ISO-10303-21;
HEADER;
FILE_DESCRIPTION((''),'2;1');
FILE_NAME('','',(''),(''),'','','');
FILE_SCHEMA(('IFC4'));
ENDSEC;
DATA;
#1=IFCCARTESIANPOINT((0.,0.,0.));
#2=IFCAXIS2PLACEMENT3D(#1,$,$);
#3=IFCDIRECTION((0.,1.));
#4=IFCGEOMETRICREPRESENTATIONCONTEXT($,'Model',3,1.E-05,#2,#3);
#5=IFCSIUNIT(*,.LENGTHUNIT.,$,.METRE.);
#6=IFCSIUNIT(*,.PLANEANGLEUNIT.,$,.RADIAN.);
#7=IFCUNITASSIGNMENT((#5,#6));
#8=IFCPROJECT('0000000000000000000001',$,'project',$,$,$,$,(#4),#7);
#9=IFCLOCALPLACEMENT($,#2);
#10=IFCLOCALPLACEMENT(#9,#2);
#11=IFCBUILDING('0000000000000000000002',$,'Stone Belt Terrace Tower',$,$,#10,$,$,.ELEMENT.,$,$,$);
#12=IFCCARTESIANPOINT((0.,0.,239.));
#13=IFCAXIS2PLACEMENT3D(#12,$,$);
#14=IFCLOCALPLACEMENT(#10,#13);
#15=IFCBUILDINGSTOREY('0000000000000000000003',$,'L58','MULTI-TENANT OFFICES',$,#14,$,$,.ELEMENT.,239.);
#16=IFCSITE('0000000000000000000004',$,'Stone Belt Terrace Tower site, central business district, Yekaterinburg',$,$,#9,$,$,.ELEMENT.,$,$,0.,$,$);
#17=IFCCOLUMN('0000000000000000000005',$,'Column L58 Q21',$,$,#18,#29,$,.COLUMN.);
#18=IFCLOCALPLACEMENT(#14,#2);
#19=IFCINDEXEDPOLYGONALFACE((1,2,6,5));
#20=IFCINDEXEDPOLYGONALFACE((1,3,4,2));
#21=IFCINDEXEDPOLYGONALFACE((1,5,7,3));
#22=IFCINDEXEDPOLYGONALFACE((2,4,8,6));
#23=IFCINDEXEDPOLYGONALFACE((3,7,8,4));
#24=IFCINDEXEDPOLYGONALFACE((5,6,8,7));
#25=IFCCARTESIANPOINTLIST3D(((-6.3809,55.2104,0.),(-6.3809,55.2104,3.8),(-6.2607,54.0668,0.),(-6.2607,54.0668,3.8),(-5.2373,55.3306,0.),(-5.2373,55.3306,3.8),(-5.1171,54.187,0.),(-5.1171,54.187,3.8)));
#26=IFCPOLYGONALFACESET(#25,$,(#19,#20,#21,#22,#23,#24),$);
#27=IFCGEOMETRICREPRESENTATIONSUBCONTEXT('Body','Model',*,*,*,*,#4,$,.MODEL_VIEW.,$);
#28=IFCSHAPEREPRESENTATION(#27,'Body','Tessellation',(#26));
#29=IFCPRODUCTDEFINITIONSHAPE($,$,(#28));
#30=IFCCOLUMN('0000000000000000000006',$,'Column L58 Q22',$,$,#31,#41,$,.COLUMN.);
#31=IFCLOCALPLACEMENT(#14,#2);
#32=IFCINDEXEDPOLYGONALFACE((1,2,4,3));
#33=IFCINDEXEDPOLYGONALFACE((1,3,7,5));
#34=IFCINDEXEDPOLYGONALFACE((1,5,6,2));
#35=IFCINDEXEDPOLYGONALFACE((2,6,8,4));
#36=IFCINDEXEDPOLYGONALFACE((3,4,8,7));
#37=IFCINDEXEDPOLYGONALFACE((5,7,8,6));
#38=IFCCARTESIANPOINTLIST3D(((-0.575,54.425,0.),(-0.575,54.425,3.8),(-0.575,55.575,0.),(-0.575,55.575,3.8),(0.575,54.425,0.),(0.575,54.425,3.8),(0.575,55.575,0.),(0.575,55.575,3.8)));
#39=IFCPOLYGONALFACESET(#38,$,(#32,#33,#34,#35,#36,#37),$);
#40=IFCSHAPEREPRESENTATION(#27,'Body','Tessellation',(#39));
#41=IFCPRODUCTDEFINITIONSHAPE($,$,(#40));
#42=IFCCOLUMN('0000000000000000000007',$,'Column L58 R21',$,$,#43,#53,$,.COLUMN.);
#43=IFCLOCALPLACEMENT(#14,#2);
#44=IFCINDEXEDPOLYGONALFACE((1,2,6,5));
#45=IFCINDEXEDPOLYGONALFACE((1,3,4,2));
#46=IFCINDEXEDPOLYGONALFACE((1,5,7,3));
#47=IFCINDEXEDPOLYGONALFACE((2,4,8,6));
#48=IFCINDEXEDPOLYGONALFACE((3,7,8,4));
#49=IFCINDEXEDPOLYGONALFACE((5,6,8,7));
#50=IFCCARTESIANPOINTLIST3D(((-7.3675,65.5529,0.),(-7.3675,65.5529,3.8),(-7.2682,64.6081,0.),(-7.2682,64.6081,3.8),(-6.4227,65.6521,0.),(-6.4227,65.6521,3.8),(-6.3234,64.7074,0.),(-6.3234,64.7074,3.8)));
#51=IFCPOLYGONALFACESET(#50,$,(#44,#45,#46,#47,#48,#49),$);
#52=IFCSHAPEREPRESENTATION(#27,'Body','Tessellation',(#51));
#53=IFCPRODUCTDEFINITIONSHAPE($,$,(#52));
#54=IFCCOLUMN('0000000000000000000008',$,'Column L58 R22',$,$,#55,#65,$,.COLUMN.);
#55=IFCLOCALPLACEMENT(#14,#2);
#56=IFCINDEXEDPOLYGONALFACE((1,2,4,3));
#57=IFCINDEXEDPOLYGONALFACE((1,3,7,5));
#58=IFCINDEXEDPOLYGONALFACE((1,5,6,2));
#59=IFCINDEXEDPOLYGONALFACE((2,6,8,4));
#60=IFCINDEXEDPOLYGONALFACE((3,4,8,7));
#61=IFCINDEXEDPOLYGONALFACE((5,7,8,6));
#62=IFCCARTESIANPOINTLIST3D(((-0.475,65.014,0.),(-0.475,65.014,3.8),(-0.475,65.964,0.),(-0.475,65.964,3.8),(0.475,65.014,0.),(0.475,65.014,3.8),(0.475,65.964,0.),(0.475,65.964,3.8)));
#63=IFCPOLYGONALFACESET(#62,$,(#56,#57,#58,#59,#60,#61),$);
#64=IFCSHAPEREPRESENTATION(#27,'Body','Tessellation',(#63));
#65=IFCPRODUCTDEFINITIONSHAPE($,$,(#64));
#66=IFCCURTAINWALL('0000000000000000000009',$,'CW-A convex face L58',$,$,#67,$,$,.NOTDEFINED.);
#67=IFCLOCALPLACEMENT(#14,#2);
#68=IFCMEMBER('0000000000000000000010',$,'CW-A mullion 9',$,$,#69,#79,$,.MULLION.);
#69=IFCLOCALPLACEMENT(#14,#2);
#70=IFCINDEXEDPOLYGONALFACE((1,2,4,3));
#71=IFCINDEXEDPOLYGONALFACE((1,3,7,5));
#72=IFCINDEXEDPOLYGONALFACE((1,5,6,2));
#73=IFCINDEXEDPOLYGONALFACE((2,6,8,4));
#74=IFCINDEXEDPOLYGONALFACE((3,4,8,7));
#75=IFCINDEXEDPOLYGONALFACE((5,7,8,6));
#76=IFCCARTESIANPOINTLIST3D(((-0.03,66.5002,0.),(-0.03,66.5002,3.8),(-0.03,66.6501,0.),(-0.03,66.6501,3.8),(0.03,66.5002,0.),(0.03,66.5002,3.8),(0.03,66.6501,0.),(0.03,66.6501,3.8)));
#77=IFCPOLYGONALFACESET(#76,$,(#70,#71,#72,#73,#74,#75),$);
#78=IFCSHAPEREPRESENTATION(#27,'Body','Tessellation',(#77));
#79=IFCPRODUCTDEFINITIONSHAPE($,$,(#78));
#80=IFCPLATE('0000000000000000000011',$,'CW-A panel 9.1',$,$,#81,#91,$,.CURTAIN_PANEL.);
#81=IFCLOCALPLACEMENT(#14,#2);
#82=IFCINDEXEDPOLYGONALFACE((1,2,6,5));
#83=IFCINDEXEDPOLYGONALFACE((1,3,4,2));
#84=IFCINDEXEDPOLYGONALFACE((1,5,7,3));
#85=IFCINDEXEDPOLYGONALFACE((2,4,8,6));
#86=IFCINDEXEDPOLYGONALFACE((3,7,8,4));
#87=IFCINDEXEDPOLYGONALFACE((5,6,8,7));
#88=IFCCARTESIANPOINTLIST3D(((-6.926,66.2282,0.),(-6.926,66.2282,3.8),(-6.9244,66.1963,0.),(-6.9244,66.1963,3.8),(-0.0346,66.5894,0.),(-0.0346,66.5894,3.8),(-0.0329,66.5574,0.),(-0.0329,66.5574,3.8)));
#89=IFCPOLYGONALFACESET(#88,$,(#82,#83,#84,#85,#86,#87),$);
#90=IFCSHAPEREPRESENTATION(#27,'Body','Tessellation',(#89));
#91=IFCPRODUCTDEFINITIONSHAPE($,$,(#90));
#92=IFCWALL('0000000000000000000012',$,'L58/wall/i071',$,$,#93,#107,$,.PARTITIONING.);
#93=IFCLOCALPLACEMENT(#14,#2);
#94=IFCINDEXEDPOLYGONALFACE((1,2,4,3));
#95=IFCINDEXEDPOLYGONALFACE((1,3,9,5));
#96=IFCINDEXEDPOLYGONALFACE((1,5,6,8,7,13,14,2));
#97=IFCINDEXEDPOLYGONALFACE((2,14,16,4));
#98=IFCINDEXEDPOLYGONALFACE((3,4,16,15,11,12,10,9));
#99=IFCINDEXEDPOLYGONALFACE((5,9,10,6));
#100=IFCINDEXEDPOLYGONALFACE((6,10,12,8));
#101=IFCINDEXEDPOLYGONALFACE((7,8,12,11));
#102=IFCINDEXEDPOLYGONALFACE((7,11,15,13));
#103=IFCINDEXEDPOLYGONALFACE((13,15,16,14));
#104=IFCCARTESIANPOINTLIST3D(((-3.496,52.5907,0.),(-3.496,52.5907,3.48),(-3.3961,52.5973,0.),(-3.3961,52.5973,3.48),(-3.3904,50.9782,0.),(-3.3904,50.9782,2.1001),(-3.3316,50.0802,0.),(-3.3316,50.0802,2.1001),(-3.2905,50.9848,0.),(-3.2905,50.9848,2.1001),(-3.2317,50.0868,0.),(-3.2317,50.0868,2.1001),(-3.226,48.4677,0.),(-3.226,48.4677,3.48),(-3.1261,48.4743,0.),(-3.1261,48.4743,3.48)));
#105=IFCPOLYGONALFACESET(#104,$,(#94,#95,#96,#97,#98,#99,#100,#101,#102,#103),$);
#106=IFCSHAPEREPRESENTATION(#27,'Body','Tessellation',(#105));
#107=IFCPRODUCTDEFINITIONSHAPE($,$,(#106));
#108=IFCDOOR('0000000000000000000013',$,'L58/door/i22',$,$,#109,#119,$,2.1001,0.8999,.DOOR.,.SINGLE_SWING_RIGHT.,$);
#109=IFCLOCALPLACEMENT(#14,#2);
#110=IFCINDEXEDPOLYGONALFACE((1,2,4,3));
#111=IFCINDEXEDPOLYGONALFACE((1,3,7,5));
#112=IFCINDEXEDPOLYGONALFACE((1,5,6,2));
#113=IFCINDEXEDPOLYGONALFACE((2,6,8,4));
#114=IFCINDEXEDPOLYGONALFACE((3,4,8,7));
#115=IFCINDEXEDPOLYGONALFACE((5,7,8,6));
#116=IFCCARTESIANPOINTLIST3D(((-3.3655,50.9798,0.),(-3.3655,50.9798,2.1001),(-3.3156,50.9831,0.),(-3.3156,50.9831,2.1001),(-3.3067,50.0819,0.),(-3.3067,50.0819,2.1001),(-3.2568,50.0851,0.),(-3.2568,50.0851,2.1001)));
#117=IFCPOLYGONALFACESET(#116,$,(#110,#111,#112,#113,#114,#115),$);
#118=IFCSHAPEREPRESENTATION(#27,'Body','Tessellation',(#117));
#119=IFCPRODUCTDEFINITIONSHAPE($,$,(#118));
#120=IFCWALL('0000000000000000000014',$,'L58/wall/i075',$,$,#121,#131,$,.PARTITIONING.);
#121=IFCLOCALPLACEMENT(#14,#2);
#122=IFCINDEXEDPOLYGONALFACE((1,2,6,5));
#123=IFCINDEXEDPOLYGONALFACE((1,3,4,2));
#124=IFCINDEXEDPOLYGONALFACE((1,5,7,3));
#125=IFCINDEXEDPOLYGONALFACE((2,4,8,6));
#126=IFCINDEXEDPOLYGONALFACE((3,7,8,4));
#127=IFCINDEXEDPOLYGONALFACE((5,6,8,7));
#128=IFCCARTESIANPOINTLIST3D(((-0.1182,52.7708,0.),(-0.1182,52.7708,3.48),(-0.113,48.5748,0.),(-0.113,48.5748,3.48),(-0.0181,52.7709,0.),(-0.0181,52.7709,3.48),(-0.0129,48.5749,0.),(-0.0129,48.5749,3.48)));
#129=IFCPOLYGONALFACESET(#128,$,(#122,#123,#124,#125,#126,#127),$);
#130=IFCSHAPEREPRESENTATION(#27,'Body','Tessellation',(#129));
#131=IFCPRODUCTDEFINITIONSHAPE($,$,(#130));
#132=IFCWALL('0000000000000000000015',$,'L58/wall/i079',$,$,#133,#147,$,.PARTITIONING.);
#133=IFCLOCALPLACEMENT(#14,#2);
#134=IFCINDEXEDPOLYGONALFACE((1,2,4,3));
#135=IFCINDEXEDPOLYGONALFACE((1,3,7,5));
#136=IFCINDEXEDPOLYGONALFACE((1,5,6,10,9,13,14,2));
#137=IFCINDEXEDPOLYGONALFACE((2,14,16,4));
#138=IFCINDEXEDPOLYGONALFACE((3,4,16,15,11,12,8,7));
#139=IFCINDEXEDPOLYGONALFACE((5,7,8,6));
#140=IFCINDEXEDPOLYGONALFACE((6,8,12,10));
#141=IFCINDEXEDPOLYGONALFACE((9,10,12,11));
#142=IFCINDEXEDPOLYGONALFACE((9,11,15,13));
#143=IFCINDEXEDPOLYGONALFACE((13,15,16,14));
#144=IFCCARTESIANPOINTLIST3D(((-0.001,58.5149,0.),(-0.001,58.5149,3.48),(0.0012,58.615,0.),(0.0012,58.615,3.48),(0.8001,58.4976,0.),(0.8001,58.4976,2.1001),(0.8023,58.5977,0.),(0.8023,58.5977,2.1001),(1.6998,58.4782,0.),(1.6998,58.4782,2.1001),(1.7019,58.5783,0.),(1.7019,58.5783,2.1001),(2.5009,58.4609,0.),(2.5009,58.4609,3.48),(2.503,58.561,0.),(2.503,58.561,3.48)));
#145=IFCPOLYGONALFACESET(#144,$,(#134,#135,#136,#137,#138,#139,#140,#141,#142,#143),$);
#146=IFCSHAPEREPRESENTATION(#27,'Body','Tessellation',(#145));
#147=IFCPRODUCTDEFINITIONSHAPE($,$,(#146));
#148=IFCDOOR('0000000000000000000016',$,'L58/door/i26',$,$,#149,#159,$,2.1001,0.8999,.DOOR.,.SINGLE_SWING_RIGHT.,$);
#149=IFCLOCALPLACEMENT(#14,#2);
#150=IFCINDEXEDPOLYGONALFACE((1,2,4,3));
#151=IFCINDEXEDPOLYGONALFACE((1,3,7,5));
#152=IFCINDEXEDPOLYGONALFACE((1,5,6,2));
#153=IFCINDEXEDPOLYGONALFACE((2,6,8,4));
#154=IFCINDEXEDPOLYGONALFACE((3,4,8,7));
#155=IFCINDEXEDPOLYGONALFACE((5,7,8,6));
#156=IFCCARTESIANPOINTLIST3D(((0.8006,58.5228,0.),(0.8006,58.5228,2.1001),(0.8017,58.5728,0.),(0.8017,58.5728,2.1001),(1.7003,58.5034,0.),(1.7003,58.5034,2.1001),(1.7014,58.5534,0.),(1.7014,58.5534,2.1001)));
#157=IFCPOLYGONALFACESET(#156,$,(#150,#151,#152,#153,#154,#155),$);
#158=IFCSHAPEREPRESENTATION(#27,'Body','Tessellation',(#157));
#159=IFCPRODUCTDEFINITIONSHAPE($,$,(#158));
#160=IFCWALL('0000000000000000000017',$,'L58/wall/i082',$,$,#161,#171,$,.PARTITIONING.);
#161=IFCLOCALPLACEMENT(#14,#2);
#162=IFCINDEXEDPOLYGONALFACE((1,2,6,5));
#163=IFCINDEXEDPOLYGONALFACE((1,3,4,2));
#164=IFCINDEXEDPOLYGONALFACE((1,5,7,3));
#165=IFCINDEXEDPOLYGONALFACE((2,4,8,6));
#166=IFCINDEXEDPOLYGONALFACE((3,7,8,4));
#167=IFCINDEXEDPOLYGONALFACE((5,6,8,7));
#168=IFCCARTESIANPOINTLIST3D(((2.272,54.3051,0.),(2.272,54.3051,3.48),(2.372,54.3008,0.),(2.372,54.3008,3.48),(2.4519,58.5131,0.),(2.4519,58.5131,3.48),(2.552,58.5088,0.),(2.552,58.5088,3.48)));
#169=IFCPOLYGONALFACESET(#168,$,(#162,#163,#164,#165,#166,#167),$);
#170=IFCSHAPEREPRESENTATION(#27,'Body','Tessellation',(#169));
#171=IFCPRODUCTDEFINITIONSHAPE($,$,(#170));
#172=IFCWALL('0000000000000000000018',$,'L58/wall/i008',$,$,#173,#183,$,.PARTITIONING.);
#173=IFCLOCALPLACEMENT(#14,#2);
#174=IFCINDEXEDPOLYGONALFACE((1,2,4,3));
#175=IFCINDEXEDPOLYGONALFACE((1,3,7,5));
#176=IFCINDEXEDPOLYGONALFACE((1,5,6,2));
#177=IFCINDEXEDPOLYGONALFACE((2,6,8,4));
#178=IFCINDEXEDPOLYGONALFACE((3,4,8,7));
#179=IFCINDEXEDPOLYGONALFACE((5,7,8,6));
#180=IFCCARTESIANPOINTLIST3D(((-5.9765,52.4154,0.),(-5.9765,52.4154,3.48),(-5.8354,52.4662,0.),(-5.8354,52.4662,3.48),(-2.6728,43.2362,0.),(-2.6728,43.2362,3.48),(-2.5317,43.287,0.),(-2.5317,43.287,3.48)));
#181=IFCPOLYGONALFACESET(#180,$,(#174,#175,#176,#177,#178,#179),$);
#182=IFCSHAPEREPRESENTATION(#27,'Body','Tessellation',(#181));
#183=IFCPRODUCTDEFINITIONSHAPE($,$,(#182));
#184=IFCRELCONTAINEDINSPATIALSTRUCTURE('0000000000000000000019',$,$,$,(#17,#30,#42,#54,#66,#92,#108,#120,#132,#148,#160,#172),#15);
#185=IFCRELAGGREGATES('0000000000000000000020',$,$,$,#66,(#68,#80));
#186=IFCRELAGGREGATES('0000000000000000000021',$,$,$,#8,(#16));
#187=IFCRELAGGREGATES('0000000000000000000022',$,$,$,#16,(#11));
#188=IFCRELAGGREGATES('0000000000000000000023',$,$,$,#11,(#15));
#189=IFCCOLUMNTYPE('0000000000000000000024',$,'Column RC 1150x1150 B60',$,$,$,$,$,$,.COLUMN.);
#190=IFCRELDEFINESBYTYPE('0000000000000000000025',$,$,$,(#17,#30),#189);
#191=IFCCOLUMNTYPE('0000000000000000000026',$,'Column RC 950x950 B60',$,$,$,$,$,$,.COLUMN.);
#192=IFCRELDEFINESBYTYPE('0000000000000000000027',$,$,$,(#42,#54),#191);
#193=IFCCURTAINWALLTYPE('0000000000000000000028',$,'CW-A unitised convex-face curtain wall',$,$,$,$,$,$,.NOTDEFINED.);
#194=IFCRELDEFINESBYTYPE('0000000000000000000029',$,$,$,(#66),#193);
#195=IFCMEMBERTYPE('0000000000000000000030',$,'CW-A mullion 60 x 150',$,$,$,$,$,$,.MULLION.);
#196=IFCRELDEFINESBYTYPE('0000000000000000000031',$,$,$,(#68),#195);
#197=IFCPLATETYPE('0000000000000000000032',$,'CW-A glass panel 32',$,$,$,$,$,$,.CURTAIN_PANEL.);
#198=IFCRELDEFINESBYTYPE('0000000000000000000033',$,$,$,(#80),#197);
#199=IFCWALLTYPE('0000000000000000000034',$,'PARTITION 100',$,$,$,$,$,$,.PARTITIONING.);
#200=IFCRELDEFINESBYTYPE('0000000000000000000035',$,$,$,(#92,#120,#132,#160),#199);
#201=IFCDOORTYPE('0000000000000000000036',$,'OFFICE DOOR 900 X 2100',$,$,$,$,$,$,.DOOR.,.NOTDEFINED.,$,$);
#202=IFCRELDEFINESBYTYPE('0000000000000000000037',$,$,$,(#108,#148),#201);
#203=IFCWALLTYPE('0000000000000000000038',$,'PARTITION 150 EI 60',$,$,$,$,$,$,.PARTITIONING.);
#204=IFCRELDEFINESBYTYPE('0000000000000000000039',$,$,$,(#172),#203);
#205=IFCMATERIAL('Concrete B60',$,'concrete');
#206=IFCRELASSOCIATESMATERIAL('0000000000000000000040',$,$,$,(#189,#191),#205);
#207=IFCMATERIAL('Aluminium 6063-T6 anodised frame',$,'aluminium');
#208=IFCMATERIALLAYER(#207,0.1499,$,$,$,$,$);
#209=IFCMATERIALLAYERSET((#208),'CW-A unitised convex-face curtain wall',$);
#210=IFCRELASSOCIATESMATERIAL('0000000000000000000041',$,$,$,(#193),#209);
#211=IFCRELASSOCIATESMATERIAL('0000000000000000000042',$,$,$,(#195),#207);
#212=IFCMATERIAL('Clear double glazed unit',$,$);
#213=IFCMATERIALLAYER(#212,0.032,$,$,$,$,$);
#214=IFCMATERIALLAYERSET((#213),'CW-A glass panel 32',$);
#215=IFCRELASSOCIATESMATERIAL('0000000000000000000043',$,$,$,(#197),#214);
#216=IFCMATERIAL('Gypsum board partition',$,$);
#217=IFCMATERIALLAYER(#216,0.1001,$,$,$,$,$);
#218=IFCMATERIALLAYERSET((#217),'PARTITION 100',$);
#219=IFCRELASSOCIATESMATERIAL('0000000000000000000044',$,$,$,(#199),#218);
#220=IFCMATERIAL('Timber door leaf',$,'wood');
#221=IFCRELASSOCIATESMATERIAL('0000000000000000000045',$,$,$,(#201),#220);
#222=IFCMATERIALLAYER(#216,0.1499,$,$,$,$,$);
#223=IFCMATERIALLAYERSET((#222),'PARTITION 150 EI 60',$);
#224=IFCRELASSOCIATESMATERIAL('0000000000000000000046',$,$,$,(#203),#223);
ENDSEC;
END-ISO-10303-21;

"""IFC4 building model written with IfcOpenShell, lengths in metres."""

from ifc_helpers import new_model, si_unit, direction, frame, frame_2d, origin, origin_2d, place, context, subcontext, project, spatial, rectangle, extrude, material, layer, layer_set, material_profile, profile_set, type_object, element, fill, aggregate, save


model = new_model("IFC4")

# Units and contexts
model_context = context("Model", 3, precision=1e-05, world=origin(), true_north=direction((0.0, 1.0)))
body_context = subcontext(model_context, "Body", "Model", "MODEL_VIEW")
ifc_project = project(units=[si_unit("LENGTHUNIT", "METRE"), si_unit("PLANEANGLEUNIT", "RADIAN")], contexts=[model_context])

# Site, building, storey
site_placement = place(None, origin())
site = spatial("IfcSite", under=ifc_project, at=site_placement, Name="Stone Belt Terrace Tower site, central business district, Yekaterinburg", CompositionType="ELEMENT", RefElevation=0.0)
building_placement = place(site_placement, origin())
building = spatial("IfcBuilding", under=site, at=building_placement, Name="Stone Belt Terrace Tower", CompositionType="ELEMENT")
storey_placement = place(building_placement, frame((0.0, 0.0, 239.0)))
storey = spatial("IfcBuildingStorey", under=building, at=storey_placement, Name="L58", Description="MULTI-TENANT OFFICES", CompositionType="ELEMENT", Elevation=239.0)

# Columns
ifc_material_1 = material(Name="Concrete B60", Category="concrete")
ifc_material_profile_1 = material_profile(ifc_material_1, rectangle(XDim=1.1499, YDim=1.1499, at=origin_2d()), Name="RC 1150x1150")
ifc_profile_set_1 = profile_set([ifc_material_profile_1], Name="Concrete B60")
column_type_1 = type_object("IfcColumnType", Name="Column RC 1150x1150 B60", PredefinedType="COLUMN", material=ifc_profile_set_1)
for number, where, z_axis, x_axis, name in (
    (1, (-5.749, 54.6987, 0.0), (0.0, 0.0, 1.0), (0.994522, 0.104528, 0.0), "Column L58 Q21"),
    (2, (0.0, 55.0, 0.0), (0.0, 0.0, 1.0), (1.0, 0.0, 0.0), "Column L58 Q22"),
):
    element("IfcColumn", number, at=place(storey_placement, frame(where, z_axis=z_axis, x_axis=x_axis)), inside=storey, type_object=column_type_1, Name=name, PredefinedType="COLUMN", context=body_context, shape_type="SweptSolid", body=[
        extrude(rectangle(XDim=1.1499, YDim=1.1499, at=origin_2d()), origin(), (0.0, 0.0, 1.0), 3.8),
    ])
ifc_material_profile_2 = material_profile(ifc_material_1, rectangle(XDim=0.95, YDim=0.95, at=origin_2d()), Name="RC 950x950")
ifc_profile_set_2 = profile_set([ifc_material_profile_2], Name="Concrete B60")
column_type_2 = type_object("IfcColumnType", Name="Column RC 950x950 B60", PredefinedType="COLUMN", material=ifc_profile_set_2)
for number, where, z_axis, x_axis, name in (
    (3, (-6.8455, 65.1301, 0.0), (0.0, 0.0, 1.0), (0.994522, 0.104528, 0.0), "Column L58 R21"),
    (4, (0.0, 65.489, 0.0), (0.0, 0.0, 1.0), (1.0, 0.0, 0.0), "Column L58 R22"),
):
    element("IfcColumn", number, at=place(storey_placement, frame(where, z_axis=z_axis, x_axis=x_axis)), inside=storey, type_object=column_type_2, Name=name, PredefinedType="COLUMN", context=body_context, shape_type="SweptSolid", body=[
        extrude(rectangle(XDim=0.95, YDim=0.95, at=origin_2d()), origin(), (0.0, 0.0, 1.0), 3.8),
    ])

# Curtain wall, member, plate
ifc_material_2 = material(Name="Aluminium 6063-T6 anodised frame", Category="aluminium")
ifc_layer_1 = layer(ifc_material_2, 0.1499)
ifc_layer_set_1 = layer_set([ifc_layer_1], Name="CW-A unitised convex-face curtain wall")
curtain_wall_type = type_object("IfcCurtainWallType", Name="CW-A unitised convex-face curtain wall", PredefinedType="NOTDEFINED", material=ifc_layer_set_1)
curtain_wall_placement = place(storey_placement, origin())
curtain_wall = element("IfcCurtainWall", 5, at=curtain_wall_placement, inside=storey, type_object=curtain_wall_type, Name="CW-A convex face L58", PredefinedType="NOTDEFINED")
ifc_material_profile_3 = material_profile(ifc_material_2, rectangle(XDim=0.1499, YDim=0.0601, at=origin_2d()), Name="Aluminium 6063-T6 60x150")
ifc_profile_set_3 = profile_set([ifc_material_profile_3], Name="Aluminium 6063-T6 anodised frame")
member_type = type_object("IfcMemberType", Name="CW-A mullion 60 x 150", PredefinedType="MULLION", material=ifc_profile_set_3)
member_placement = place(storey_placement, frame((0.0, 66.5752, 0.0), z_axis=(0.0, 0.0, 1.0), x_axis=(0.0, -1.0, 0.0)))
member = element("IfcMember", 6, at=member_placement, type_object=member_type, Name="CW-A mullion 9", PredefinedType="MULLION", context=body_context, shape_type="SweptSolid", body=[
    extrude(rectangle(XDim=0.1499, YDim=0.0601, at=origin_2d()), origin(), (0.0, 0.0, 1.0), 3.8),
])
ifc_material_3 = material(Name="Clear double glazed unit")
ifc_layer_2 = layer(ifc_material_3, 0.032)
ifc_layer_set_2 = layer_set([ifc_layer_2], Name="CW-A glass panel 32")
plate_type = type_object("IfcPlateType", Name="CW-A glass panel 32", PredefinedType="CURTAIN_PANEL", material=ifc_layer_set_2)
plate_placement = place(storey_placement, frame((-3.4795, 66.3928, 0.0), z_axis=(0.0, 0.0, 1.0), x_axis=(-0.99863, -0.052336, 0.0)))
plate = element("IfcPlate", 7, at=plate_placement, type_object=plate_type, Name="CW-A panel 9.1", PredefinedType="CURTAIN_PANEL", context=body_context, shape_type="SweptSolid", body=[
    extrude(rectangle(XDim=6.9009, YDim=0.032, at=origin_2d()), origin(), (0.0, 0.0, 1.0), 3.8),
])
aggregate(curtain_wall, [member, plate])

# Wall, opening, door
ifc_material_4 = material(Name="Gypsum board partition")
ifc_layer_3 = layer(ifc_material_4, 0.1001)
ifc_layer_set_3 = layer_set([ifc_layer_3], Name="PARTITION 100")
wall_type_1 = type_object("IfcWallType", Name="PARTITION 100", PredefinedType="PARTITIONING", material=ifc_layer_set_3)
wall_1_placement = place(storey_placement, frame((-3.446, 52.594, 0.0), z_axis=(0.0, 0.0, 1.0), x_axis=(0.06535, -0.997862, 0.0)))
wall_1 = element("IfcWall", 8, at=wall_1_placement, inside=storey, type_object=wall_type_1, Name="L58/wall/i071", PredefinedType="PARTITIONING", context=body_context, shape_type="SweptSolid", body=[
    extrude(rectangle(XDim=4.1318, YDim=0.1001, at=frame_2d((2.0659, 0.0))), origin(), (0.0, 0.0, 1.0), 3.48),
])
opening_1_placement = place(wall_1_placement, frame((1.616, 0.0, 0.0)))
opening_1 = element("IfcOpeningElement", 9, at=opening_1_placement, cuts=wall_1, PredefinedType="OPENING", context=body_context, shape_type="SweptSolid", body=[
    extrude(rectangle(XDim=0.8999, YDim=2.1001, at=frame_2d((0.45, 1.05))), frame((0.0, 0.0601, 0.0), z_axis=(0.0, -1.0, 0.0), x_axis=(1.0, 0.0, 0.0)), (0.0, 0.0, 1.0), 0.1201),
])
ifc_material_5 = material(Name="Timber door leaf", Category="wood")
door_type = type_object("IfcDoorType", Name="OFFICE DOOR 900 X 2100", OperationType="NOTDEFINED", PredefinedType="DOOR", material=ifc_material_5)
door_1_placement = place(opening_1_placement, origin())
door_1 = element("IfcDoor", 10, at=door_1_placement, inside=storey, type_object=door_type, Name="L58/door/i22", OperationType="SINGLE_SWING_RIGHT", OverallHeight=2.1001, OverallWidth=0.8999, PredefinedType="DOOR", context=body_context, shape_type="SweptSolid", body=[
    extrude(rectangle(XDim=0.8999, YDim=2.1001, at=frame_2d((0.45, 1.05))), frame((0.0, 0.0249, 0.0), z_axis=(0.0, -1.0, 0.0), x_axis=(1.0, 0.0, 0.0)), (0.0, 0.0, 1.0), 0.05),
])
fill(opening_1, door_1)

# Wall
wall_2_placement = place(storey_placement, frame((-0.0681, 52.771, 0.0), z_axis=(0.0, 0.0, 1.0), x_axis=(0.001222, -0.999999, 0.0)))
element("IfcWall", 11, at=wall_2_placement, inside=storey, type_object=wall_type_1, Name="L58/wall/i075", PredefinedType="PARTITIONING", context=body_context, shape_type="SweptSolid", body=[
    extrude(rectangle(XDim=4.196, YDim=0.1001, at=frame_2d((2.0981, 0.0))), origin(), (0.0, 0.0, 1.0), 3.48),
])

# Wall, opening, door
wall_3_placement = place(storey_placement, frame((2.502, 58.511, 0.0), z_axis=(0.0, 0.0, 1.0), x_axis=(-0.999768, 0.02156, 0.0)))
wall_3 = element("IfcWall", 12, at=wall_3_placement, inside=storey, type_object=wall_type_1, Name="L58/wall/i079", PredefinedType="PARTITIONING", context=body_context, shape_type="SweptSolid", body=[
    extrude(rectangle(XDim=2.5024, YDim=0.1001, at=frame_2d((1.2512, 0.0))), origin(), (0.0, 0.0, 1.0), 3.48),
])
opening_2_placement = place(wall_3_placement, frame((0.8013, 0.0, 0.0)))
opening_2 = element("IfcOpeningElement", 13, at=opening_2_placement, cuts=wall_3, PredefinedType="OPENING", context=body_context, shape_type="SweptSolid", body=[
    extrude(rectangle(XDim=0.8999, YDim=2.1001, at=frame_2d((0.45, 1.05))), frame((0.0, 0.0601, 0.0), z_axis=(0.0, -1.0, 0.0), x_axis=(1.0, 0.0, 0.0)), (0.0, 0.0, 1.0), 0.1201),
])
door_2_placement = place(opening_2_placement, origin())
door_2 = element("IfcDoor", 14, at=door_2_placement, inside=storey, type_object=door_type, Name="L58/door/i26", OperationType="SINGLE_SWING_RIGHT", OverallHeight=2.1001, OverallWidth=0.8999, PredefinedType="DOOR", context=body_context, shape_type="SweptSolid", body=[
    extrude(rectangle(XDim=0.8999, YDim=2.1001, at=frame_2d((0.45, 1.05))), frame((0.0, 0.0249, 0.0), z_axis=(0.0, -1.0, 0.0), x_axis=(1.0, 0.0, 0.0)), (0.0, 0.0, 1.0), 0.05),
])
fill(opening_2, door_2)

# Walls
wall_4_placement = place(storey_placement, frame((2.502, 58.511, 0.0), z_axis=(0.0, 0.0, 1.0), x_axis=(-0.04272, -0.999087, 0.0)))
element("IfcWall", 15, at=wall_4_placement, inside=storey, type_object=wall_type_1, Name="L58/wall/i082", PredefinedType="PARTITIONING", context=body_context, shape_type="SweptSolid", body=[
    extrude(rectangle(XDim=4.2119, YDim=0.1001, at=frame_2d((2.106, 0.0))), origin(), (0.0, 0.0, 1.0), 3.48),
])
ifc_layer_4 = layer(ifc_material_4, 0.1499)
ifc_layer_set_4 = layer_set([ifc_layer_4], Name="PARTITION 150 EI 60")
wall_type_2 = type_object("IfcWallType", Name="PARTITION 150 EI 60", PredefinedType="PARTITIONING", material=ifc_layer_set_4)
wall_5_placement = place(storey_placement, frame((-5.906, 52.4409, 0.0), z_axis=(0.0, 0.0, 1.0), x_axis=(0.338647, -0.940914, 0.0)))
element("IfcWall", 16, at=wall_5_placement, inside=storey, type_object=wall_type_2, Name="L58/wall/i008", PredefinedType="PARTITIONING", context=body_context, shape_type="SweptSolid", body=[
    extrude(rectangle(XDim=9.7556, YDim=0.1499, at=frame_2d((4.8779, 0.0))), origin(), (0.0, 0.0, 1.0), 3.48),
])

save(model, "model.ifc")
